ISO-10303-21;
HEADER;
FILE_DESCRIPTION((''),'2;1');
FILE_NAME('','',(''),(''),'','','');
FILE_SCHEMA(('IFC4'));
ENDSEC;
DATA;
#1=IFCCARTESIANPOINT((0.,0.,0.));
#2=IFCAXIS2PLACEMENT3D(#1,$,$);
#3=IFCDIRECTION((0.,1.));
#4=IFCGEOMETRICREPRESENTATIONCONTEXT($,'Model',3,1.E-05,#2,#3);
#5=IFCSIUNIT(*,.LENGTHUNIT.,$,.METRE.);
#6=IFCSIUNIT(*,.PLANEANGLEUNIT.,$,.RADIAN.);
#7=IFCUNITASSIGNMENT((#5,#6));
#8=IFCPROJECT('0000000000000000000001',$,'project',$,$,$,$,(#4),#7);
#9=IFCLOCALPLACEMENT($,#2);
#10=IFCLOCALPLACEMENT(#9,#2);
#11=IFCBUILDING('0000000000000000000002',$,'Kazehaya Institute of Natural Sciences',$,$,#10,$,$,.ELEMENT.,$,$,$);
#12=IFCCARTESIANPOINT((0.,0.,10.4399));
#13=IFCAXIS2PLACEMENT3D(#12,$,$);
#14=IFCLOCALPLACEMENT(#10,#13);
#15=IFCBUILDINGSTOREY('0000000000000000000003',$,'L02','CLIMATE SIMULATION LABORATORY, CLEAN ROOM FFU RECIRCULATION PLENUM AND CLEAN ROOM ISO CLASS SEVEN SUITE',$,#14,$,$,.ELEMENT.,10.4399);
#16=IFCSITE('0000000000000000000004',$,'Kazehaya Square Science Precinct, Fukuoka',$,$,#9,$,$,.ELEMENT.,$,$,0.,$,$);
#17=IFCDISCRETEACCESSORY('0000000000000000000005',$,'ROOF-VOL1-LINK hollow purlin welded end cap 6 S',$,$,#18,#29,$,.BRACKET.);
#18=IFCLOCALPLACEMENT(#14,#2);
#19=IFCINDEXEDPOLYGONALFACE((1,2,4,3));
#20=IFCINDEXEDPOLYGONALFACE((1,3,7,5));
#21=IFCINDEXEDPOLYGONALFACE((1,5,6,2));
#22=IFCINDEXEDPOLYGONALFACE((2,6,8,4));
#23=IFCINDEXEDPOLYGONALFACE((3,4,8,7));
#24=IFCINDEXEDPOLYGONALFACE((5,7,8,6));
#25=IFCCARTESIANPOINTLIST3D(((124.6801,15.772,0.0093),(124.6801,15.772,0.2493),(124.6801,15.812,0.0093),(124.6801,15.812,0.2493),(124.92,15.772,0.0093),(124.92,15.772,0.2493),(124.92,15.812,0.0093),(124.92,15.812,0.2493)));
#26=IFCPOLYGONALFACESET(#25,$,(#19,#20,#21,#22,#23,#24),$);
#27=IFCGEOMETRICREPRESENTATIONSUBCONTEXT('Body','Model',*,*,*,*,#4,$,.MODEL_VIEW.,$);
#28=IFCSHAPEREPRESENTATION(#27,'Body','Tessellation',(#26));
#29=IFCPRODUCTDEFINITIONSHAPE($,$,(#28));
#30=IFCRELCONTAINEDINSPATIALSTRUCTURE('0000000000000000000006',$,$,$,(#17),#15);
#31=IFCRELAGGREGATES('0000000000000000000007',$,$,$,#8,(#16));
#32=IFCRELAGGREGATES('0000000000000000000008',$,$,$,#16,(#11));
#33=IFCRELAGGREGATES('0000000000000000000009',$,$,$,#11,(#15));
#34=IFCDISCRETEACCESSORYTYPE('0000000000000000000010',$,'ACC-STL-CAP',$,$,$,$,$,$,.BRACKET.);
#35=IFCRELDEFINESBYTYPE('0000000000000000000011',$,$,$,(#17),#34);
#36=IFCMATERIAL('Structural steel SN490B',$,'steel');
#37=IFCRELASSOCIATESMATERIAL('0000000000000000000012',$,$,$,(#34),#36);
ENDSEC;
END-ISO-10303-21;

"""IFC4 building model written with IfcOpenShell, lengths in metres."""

from ifc_helpers import new_model, si_unit, direction, frame, origin, origin_2d, place, context, subcontext, project, spatial, rectangle, extrude, material, type_object, element, save


model = new_model("IFC4")

# Units and contexts
model_context = context("Model", 3, precision=1e-05, world=origin(), true_north=direction((0.0, 1.0)))
body_context = subcontext(model_context, "Body", "Model", "MODEL_VIEW")
ifc_project = project(units=[si_unit("LENGTHUNIT", "METRE"), si_unit("PLANEANGLEUNIT", "RADIAN")], contexts=[model_context])

# Site, building, storey
site_placement = place(None, origin())
site = spatial("IfcSite", under=ifc_project, at=site_placement, Name="Kazehaya Square Science Precinct, Fukuoka", CompositionType="ELEMENT", RefElevation=0.0)
building_placement = place(site_placement, origin())
building = spatial("IfcBuilding", under=site, at=building_placement, Name="Kazehaya Institute of Natural Sciences", CompositionType="ELEMENT")
storey_placement = place(building_placement, frame((0.0, 0.0, 10.4399)))
storey = spatial("IfcBuildingStorey", under=building, at=storey_placement, Name="L02", Description="CLIMATE SIMULATION LABORATORY, CLEAN ROOM FFU RECIRCULATION PLENUM AND CLEAN ROOM ISO CLASS SEVEN SUITE", CompositionType="ELEMENT", Elevation=10.4399)

# Shared definitions
ifc_material_1 = material(Name="Structural steel SN490B", Category="steel")

# Discrete accessory
discrete_accessory_type = type_object("IfcDiscreteAccessoryType", Name="ACC-STL-CAP", PredefinedType="BRACKET", material=ifc_material_1)
discrete_accessory_1_placement = place(storey_placement, frame((124.8, 15.792, 0.0093), z_axis=(0.0, 0.0, 1.0), x_axis=(1.0, 0.0, 0.0)))
element("IfcDiscreteAccessory", 1, at=discrete_accessory_1_placement, inside=storey, type_object=discrete_accessory_type, Name="ROOF-VOL1-LINK hollow purlin welded end cap 6 S", PredefinedType="BRACKET", context=body_context, shape_type="SweptSolid", body=[
    extrude(rectangle(XDim=0.24, YDim=0.04, at=origin_2d()), origin(), (0.0, 0.0, 1.0), 0.24),
])

save(model, "model.ifc")
